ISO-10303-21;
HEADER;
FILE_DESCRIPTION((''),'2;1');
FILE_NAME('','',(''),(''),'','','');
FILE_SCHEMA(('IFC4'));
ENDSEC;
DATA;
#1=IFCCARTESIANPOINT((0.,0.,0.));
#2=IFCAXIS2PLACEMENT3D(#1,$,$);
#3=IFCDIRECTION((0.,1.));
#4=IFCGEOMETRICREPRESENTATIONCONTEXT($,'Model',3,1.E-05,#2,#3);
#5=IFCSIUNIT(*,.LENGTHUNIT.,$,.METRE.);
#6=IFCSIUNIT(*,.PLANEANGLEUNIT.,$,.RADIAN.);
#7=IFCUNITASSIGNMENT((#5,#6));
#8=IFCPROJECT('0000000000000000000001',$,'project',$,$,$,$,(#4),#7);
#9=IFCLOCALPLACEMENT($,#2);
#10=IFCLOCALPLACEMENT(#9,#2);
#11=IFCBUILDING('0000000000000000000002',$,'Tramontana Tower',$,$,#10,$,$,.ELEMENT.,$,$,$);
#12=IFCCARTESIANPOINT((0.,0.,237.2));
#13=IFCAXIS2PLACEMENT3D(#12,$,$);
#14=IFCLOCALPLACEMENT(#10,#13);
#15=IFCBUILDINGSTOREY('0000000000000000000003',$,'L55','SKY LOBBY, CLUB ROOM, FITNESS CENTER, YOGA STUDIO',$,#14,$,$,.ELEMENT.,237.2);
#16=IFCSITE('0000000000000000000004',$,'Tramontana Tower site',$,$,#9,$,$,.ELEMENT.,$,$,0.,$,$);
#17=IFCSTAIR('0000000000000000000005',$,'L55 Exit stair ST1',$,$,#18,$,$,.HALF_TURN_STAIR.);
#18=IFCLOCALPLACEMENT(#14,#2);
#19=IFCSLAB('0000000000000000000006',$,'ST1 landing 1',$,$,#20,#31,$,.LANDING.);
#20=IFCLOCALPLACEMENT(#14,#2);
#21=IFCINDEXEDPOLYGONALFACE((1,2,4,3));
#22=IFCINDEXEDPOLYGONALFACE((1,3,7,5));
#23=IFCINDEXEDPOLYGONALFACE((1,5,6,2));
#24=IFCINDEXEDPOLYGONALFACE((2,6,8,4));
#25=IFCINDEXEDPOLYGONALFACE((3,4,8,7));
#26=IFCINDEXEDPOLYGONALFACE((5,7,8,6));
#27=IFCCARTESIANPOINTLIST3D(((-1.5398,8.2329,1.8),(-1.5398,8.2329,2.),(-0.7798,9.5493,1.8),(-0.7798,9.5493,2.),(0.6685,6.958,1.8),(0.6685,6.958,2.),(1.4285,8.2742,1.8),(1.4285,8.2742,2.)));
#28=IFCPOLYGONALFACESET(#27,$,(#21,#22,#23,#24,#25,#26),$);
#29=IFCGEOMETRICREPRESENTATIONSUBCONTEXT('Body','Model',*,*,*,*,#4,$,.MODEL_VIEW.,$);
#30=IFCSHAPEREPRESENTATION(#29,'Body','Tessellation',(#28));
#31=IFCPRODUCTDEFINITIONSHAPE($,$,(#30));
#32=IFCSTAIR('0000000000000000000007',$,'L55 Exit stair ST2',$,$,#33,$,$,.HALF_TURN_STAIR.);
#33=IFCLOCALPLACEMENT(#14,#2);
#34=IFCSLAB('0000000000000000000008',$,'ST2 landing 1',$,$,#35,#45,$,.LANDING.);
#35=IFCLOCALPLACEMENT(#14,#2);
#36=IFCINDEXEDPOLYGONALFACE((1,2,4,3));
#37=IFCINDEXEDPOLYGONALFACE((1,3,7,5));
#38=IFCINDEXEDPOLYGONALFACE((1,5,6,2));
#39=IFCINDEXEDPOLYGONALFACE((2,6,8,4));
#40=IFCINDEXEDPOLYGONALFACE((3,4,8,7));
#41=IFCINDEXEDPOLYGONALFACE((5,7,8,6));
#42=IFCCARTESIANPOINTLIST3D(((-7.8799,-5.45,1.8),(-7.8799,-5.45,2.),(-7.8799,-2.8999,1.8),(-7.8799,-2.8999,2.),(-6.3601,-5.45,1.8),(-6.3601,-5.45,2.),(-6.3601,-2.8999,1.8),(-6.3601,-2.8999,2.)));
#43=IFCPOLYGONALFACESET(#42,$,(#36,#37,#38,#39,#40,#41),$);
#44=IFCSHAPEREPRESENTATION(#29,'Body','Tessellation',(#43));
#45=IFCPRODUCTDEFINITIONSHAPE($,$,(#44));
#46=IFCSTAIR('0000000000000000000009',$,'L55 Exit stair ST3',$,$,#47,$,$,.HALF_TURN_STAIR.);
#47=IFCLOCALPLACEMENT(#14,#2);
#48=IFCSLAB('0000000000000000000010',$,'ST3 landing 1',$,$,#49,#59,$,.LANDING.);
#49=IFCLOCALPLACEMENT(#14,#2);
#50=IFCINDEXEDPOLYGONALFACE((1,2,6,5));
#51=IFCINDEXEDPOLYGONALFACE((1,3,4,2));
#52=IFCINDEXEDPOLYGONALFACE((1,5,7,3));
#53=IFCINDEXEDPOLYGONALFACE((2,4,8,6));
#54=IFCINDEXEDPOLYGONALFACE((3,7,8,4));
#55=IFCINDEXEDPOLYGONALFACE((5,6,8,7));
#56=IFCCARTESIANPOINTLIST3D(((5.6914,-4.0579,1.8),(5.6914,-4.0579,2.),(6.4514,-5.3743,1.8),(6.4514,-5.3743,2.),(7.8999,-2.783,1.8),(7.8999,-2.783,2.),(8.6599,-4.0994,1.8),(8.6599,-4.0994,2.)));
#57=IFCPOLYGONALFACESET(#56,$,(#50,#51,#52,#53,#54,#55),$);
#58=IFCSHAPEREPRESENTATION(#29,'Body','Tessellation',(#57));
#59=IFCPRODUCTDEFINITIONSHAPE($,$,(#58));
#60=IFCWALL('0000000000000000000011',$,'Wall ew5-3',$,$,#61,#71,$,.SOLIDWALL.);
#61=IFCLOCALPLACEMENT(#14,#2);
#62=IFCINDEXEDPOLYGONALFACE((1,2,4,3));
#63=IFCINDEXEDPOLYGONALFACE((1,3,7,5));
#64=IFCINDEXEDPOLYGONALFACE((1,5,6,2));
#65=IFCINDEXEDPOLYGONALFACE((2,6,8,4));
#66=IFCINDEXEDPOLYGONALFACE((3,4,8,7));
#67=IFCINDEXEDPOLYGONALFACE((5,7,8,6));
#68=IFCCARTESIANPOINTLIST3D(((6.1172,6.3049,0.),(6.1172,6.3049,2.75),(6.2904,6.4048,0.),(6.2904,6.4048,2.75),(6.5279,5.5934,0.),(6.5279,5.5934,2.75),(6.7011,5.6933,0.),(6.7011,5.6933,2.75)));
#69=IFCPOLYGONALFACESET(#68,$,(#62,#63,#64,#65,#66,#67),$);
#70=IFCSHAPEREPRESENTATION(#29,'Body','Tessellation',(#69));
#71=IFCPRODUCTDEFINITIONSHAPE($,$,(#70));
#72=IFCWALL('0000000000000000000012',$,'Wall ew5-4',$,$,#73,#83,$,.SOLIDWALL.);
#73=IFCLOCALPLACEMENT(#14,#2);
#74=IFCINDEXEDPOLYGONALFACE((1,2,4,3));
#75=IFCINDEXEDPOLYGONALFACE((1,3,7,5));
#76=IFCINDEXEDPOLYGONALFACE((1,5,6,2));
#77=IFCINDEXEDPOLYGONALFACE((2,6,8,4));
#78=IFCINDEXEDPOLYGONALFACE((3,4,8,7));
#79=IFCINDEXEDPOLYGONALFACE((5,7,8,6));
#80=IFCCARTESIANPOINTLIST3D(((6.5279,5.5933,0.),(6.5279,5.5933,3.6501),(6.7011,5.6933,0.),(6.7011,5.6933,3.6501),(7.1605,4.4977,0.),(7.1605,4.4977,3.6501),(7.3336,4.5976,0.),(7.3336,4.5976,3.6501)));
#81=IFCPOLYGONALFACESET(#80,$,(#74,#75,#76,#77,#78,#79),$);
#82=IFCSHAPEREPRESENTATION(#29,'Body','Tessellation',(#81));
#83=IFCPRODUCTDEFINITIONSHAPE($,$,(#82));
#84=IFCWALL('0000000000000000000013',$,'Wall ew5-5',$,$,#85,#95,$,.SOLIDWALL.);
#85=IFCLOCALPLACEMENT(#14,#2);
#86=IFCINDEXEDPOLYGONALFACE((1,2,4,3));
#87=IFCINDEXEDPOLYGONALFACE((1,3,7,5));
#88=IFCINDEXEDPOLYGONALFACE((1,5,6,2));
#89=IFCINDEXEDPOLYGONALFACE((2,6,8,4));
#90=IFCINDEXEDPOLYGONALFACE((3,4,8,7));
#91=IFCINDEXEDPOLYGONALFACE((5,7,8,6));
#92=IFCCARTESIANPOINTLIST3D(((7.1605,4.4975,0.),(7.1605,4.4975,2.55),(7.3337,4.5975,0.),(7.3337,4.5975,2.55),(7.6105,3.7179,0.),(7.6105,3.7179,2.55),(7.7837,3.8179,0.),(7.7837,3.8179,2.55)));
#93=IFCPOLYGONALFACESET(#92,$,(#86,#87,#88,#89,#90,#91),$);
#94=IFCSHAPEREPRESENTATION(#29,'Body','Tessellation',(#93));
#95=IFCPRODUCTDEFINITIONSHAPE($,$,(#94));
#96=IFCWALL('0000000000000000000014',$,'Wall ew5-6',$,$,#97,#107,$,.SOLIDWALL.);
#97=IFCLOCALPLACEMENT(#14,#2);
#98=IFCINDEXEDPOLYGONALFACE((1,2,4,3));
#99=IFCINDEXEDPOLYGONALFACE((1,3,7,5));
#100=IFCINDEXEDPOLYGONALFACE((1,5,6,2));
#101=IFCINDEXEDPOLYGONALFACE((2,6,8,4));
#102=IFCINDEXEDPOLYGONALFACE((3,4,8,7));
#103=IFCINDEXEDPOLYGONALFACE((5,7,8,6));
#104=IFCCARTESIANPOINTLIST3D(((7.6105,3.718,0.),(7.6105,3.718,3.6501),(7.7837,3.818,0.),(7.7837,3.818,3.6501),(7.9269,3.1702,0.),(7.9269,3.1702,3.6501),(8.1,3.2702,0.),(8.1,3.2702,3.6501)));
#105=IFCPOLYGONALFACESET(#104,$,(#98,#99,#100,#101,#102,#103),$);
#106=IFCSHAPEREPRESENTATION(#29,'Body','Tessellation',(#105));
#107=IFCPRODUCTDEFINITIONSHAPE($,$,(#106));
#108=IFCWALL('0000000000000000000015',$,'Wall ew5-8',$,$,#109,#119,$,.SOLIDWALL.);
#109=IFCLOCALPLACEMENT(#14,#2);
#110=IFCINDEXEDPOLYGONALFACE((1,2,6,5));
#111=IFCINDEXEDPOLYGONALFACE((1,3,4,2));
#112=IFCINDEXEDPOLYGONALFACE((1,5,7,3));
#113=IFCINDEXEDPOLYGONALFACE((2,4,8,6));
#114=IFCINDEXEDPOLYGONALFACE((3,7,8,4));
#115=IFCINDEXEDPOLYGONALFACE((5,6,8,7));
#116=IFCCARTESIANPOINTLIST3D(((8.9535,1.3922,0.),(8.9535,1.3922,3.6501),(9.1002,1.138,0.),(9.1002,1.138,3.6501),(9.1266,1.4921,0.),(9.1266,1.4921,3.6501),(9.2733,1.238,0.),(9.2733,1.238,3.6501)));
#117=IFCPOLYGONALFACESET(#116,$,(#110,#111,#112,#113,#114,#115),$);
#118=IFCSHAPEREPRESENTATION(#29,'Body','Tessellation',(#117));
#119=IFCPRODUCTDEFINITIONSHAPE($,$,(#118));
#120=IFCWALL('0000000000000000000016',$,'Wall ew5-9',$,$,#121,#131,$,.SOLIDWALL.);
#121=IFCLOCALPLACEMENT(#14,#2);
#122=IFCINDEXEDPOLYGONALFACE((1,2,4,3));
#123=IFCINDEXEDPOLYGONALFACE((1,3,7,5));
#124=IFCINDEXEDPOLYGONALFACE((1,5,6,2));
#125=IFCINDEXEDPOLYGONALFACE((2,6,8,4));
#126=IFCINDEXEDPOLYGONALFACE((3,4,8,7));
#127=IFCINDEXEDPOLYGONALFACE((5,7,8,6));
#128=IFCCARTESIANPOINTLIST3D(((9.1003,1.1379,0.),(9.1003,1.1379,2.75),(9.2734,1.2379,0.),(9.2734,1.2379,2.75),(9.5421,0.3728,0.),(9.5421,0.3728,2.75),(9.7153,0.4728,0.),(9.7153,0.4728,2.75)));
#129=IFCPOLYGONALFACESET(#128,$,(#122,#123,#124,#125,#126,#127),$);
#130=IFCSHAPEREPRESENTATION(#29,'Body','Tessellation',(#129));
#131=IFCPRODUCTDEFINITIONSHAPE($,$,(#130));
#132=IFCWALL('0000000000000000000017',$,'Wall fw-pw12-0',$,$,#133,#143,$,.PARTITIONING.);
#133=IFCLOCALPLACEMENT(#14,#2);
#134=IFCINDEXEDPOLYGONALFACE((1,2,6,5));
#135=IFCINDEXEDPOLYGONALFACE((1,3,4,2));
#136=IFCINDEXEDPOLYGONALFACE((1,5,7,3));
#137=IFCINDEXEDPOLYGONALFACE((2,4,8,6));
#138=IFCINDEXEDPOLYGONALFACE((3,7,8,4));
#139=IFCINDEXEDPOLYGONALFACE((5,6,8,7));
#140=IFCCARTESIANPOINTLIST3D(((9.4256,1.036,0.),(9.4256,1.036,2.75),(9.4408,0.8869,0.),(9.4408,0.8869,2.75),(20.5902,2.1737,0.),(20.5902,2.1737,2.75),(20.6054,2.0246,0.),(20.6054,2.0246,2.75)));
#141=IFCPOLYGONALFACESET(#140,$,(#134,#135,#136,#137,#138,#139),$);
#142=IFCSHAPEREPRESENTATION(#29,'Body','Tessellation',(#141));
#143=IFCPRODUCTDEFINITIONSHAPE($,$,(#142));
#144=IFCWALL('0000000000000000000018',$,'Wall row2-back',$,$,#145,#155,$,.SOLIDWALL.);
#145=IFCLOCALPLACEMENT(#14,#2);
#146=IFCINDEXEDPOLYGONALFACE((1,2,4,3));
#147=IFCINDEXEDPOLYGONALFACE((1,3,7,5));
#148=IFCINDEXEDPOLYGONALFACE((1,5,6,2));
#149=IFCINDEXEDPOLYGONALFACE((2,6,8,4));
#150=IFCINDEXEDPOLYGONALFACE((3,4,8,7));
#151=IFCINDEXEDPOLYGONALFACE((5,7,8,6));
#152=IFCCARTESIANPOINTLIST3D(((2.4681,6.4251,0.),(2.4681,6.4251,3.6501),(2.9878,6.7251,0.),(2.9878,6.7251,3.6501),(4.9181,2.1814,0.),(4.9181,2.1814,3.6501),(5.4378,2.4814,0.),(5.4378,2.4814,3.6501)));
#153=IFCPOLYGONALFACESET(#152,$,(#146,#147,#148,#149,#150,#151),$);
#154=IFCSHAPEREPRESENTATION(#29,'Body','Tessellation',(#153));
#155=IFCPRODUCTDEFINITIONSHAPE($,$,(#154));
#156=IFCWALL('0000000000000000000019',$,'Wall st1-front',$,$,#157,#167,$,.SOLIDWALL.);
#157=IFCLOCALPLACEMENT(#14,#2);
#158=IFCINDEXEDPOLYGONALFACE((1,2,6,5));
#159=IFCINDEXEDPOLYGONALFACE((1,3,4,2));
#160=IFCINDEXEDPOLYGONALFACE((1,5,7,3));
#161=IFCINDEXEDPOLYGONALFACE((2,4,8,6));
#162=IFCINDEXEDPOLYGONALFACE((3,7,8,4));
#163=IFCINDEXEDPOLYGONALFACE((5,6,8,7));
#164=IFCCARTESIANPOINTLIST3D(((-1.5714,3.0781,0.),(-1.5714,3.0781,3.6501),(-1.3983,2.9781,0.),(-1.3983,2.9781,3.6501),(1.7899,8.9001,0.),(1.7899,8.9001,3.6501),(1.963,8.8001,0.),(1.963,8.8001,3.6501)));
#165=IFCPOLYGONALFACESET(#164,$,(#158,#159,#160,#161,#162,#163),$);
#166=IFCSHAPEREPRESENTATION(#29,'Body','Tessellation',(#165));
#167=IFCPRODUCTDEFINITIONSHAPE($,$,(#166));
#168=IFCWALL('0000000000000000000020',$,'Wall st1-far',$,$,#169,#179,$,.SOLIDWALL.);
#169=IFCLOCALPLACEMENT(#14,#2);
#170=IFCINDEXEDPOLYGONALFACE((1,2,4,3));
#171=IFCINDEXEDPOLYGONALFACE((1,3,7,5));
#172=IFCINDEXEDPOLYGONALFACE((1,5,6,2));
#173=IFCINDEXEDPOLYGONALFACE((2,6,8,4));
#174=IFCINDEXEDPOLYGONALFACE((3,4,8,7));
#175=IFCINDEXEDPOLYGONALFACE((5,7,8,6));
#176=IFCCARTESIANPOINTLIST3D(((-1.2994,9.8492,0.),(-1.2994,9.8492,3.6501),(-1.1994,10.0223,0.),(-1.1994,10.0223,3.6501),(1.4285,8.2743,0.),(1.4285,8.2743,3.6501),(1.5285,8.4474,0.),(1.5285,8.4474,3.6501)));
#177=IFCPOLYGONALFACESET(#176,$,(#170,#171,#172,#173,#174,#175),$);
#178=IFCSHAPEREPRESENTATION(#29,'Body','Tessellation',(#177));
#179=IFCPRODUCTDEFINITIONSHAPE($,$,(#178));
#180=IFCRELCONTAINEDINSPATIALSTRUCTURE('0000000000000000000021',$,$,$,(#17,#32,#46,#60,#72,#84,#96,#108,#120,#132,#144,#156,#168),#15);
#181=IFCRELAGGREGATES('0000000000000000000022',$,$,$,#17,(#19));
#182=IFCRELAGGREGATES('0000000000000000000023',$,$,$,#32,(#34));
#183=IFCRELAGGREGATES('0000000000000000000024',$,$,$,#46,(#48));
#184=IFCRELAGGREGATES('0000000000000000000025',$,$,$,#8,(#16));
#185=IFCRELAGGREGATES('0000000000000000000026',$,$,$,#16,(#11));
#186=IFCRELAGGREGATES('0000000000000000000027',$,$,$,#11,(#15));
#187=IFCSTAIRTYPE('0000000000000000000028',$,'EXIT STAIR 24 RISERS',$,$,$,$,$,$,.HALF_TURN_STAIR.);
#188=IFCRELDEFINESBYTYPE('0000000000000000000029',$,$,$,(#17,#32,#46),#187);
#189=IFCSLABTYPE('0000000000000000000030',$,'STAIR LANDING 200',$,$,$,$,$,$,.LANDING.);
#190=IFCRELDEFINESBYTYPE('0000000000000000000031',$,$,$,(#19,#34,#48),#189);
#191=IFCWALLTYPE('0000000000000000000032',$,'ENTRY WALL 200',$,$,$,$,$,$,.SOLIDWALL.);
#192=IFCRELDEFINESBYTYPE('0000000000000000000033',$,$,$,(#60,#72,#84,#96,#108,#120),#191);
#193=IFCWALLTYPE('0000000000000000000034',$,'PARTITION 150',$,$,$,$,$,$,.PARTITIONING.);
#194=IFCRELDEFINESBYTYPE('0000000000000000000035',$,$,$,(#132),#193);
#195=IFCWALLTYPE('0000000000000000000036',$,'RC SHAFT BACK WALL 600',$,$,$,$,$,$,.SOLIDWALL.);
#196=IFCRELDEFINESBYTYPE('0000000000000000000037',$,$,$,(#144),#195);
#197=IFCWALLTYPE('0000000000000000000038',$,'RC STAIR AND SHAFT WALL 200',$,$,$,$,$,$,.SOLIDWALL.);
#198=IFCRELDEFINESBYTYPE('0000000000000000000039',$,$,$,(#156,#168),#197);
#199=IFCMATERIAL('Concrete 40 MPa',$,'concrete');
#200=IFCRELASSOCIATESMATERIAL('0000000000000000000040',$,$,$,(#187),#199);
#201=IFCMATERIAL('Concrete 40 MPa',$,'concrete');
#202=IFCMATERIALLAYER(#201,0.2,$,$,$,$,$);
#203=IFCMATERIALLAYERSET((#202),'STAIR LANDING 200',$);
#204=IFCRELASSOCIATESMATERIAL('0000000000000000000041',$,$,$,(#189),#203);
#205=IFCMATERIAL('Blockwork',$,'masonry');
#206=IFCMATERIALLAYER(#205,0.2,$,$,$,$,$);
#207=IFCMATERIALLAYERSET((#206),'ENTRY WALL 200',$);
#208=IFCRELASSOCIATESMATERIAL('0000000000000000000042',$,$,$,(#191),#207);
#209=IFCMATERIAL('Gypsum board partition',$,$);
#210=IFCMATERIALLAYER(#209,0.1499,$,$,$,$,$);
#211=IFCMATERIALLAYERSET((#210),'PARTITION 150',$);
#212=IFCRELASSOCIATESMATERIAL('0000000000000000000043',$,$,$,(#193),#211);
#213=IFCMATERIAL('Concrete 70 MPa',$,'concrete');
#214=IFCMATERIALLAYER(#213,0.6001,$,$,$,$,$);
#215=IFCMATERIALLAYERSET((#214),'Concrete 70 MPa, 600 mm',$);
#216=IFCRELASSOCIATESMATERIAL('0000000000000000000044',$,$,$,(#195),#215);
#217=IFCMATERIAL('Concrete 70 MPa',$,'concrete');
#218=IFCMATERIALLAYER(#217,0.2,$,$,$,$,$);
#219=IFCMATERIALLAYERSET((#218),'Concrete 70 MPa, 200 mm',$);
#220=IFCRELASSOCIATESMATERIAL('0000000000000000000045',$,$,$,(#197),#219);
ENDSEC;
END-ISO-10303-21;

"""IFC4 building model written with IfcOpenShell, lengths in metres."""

from ifc_helpers import new_model, si_unit, direction, frame, frame_2d, origin, place, context, subcontext, project, spatial, polyline, rectangle, outline, extrude, material, layer, layer_set, type_object, element, aggregate, save


model = new_model("IFC4")

# Units and contexts
model_context = context("Model", 3, precision=1e-05, world=origin(), true_north=direction((0.0, 1.0)))
body_context = subcontext(model_context, "Body", "Model", "MODEL_VIEW")
ifc_project = project(units=[si_unit("LENGTHUNIT", "METRE"), si_unit("PLANEANGLEUNIT", "RADIAN")], contexts=[model_context])

# Site, building, storey
site_placement = place(None, origin())
site = spatial("IfcSite", under=ifc_project, at=site_placement, Name="Tramontana Tower site", CompositionType="ELEMENT", RefElevation=0.0)
building_placement = place(site_placement, origin())
building = spatial("IfcBuilding", under=site, at=building_placement, Name="Tramontana Tower", CompositionType="ELEMENT")
storey_placement = place(building_placement, frame((0.0, 0.0, 237.2)))
storey = spatial("IfcBuildingStorey", under=building, at=storey_placement, Name="L55", Description="SKY LOBBY, CLUB ROOM, FITNESS CENTER, YOGA STUDIO", CompositionType="ELEMENT", Elevation=237.2)

# Stairs, slabs
ifc_material_1 = material(Name="Concrete 40 MPa", Category="concrete")
stair_type = type_object("IfcStairType", Name="EXIT STAIR 24 RISERS", PredefinedType="HALF_TURN_STAIR", material=ifc_material_1)
stair_1_placement = place(storey_placement, origin())
stair_1 = element("IfcStair", 1, at=stair_1_placement, inside=storey, type_object=stair_type, Name="L55 Exit stair ST1", PredefinedType="HALF_TURN_STAIR")
ifc_material_2 = material(Name="Concrete 40 MPa", Category="concrete")
ifc_layer_1 = layer(ifc_material_2, 0.2)
ifc_layer_set_1 = layer_set([ifc_layer_1], Name="STAIR LANDING 200")
slab_type = type_object("IfcSlabType", Name="STAIR LANDING 200", PredefinedType="LANDING", material=ifc_layer_set_1)
slab_1_placement = place(storey_placement, frame((0.0, 0.0, 1.8)))
slab_1 = element("IfcSlab", 2, at=slab_1_placement, type_object=slab_type, Name="ST1 landing 1", PredefinedType="LANDING", context=body_context, shape_type="SweptSolid", body=[
    extrude(outline(polyline([(0.6685, 6.958), (1.4285, 8.2742), (-0.7798, 9.5493), (-1.5398, 8.2329), (0.6685, 6.958)])), origin(), (0.0, 0.0, 1.0), 0.2),
])
aggregate(stair_1, [slab_1])
stair_2_placement = place(storey_placement, origin())
stair_2 = element("IfcStair", 3, at=stair_2_placement, inside=storey, type_object=stair_type, Name="L55 Exit stair ST2", PredefinedType="HALF_TURN_STAIR")
slab_2_placement = place(storey_placement, frame((0.0, 0.0, 1.8)))
slab_2 = element("IfcSlab", 4, at=slab_2_placement, type_object=slab_type, Name="ST2 landing 1", PredefinedType="LANDING", context=body_context, shape_type="SweptSolid", body=[
    extrude(outline(polyline([(-6.3601, -2.8999), (-7.8799, -2.8999), (-7.8799, -5.45), (-6.3601, -5.45), (-6.3601, -2.8999)])), origin(), (0.0, 0.0, 1.0), 0.2),
])
aggregate(stair_2, [slab_2])
stair_3_placement = place(storey_placement, origin())
stair_3 = element("IfcStair", 5, at=stair_3_placement, inside=storey, type_object=stair_type, Name="L55 Exit stair ST3", PredefinedType="HALF_TURN_STAIR")
slab_3_placement = place(storey_placement, frame((0.0, 0.0, 1.8)))
slab_3 = element("IfcSlab", 6, at=slab_3_placement, type_object=slab_type, Name="ST3 landing 1", PredefinedType="LANDING", context=body_context, shape_type="SweptSolid", body=[
    extrude(outline(polyline([(5.6914, -4.0579), (6.4514, -5.3743), (8.6599, -4.0994), (7.8999, -2.783), (5.6914, -4.0579)])), origin(), (0.0, 0.0, 1.0), 0.2),
])
aggregate(stair_3, [slab_3])

# Walls
ifc_material_3 = material(Name="Blockwork", Category="masonry")
ifc_layer_2 = layer(ifc_material_3, 0.2)
ifc_layer_set_2 = layer_set([ifc_layer_2], Name="ENTRY WALL 200")
wall_type_1 = type_object("IfcWallType", Name="ENTRY WALL 200", PredefinedType="SOLIDWALL", material=ifc_layer_set_2)
wall_1_placement = place(storey_placement, frame((6.2039, 6.3547, 0.0), z_axis=(0.0, 0.0, 1.0), x_axis=(0.499911, -0.866077, 0.0)))
element("IfcWall", 7, at=wall_1_placement, inside=storey, type_object=wall_type_1, Name="Wall ew5-3", PredefinedType="SOLIDWALL", context=body_context, shape_type="SweptSolid", body=[
    extrude(rectangle(XDim=0.8215, YDim=0.2, at=frame_2d((0.4106, 0.0))), origin(), (0.0, 0.0, 1.0), 2.75),
])
wall_2_placement = place(storey_placement, frame((6.6145, 5.6433, 0.0), z_axis=(0.0, 0.0, 1.0), x_axis=(0.499979, -0.866038, 0.0)))
element("IfcWall", 8, at=wall_2_placement, inside=storey, type_object=wall_type_1, Name="Wall ew5-4", PredefinedType="SOLIDWALL", context=body_context, shape_type="SweptSolid", body=[
    extrude(rectangle(XDim=1.2651, YDim=0.2, at=frame_2d((0.6326, 0.0))), origin(), (0.0, 0.0, 1.0), 3.6501),
])
wall_3_placement = place(storey_placement, frame((7.2471, 4.5476, 0.0), z_axis=(0.0, 0.0, 1.0), x_axis=(0.499902, -0.866082, 0.0)))
element("IfcWall", 9, at=wall_3_placement, inside=storey, type_object=wall_type_1, Name="Wall ew5-5", PredefinedType="SOLIDWALL", context=body_context, shape_type="SweptSolid", body=[
    extrude(rectangle(XDim=0.9001, YDim=0.2, at=frame_2d((0.4502, 0.0))), origin(), (0.0, 0.0, 1.0), 2.55),
])
wall_4_placement = place(storey_placement, frame((7.697, 3.7681, 0.0), z_axis=(0.0, 0.0, 1.0), x_axis=(0.500123, -0.865954, 0.0)))
element("IfcWall", 10, at=wall_4_placement, inside=storey, type_object=wall_type_1, Name="Wall ew5-6", PredefinedType="SOLIDWALL", context=body_context, shape_type="SweptSolid", body=[
    extrude(rectangle(XDim=0.6326, YDim=0.2, at=frame_2d((0.3164, 0.0))), origin(), (0.0, 0.0, 1.0), 3.6501),
])

# Walls
wall_5_placement = place(storey_placement, frame((9.04, 1.4421, 0.0), z_axis=(0.0, 0.0, 1.0), x_axis=(0.499987, -0.866033, 0.0)))
element("IfcWall", 11, at=wall_5_placement, inside=storey, type_object=wall_type_1, Name="Wall ew5-8", PredefinedType="SOLIDWALL", context=body_context, shape_type="SweptSolid", body=[
    extrude(rectangle(XDim=0.2935, YDim=0.2, at=frame_2d((0.1467, 0.0))), origin(), (0.0, 0.0, 1.0), 3.6501),
])
wall_6_placement = place(storey_placement, frame((9.1868, 1.188, 0.0), z_axis=(0.0, 0.0, 1.0), x_axis=(0.500121, -0.865955, 0.0)))
element("IfcWall", 12, at=wall_6_placement, inside=storey, type_object=wall_type_1, Name="Wall ew5-9", PredefinedType="SOLIDWALL", context=body_context, shape_type="SweptSolid", body=[
    extrude(rectangle(XDim=0.8835, YDim=0.2, at=frame_2d((0.4419, 0.0))), origin(), (0.0, 0.0, 1.0), 2.75),
])

# Walls
ifc_material_4 = material(Name="Gypsum board partition")
ifc_layer_3 = layer(ifc_material_4, 0.1499)
ifc_layer_set_3 = layer_set([ifc_layer_3], Name="PARTITION 150")
wall_type_2 = type_object("IfcWallType", Name="PARTITION 150", PredefinedType="PARTITIONING", material=ifc_layer_set_3)
wall_7_placement = place(storey_placement, frame((9.4331, 0.9614, 0.0), z_axis=(0.0, 0.0, 1.0), x_axis=(0.994848, 0.101377, 0.0)))
element("IfcWall", 13, at=wall_7_placement, inside=storey, type_object=wall_type_2, Name="Wall fw-pw12-0", PredefinedType="PARTITIONING", context=body_context, shape_type="SweptSolid", body=[
    extrude(rectangle(XDim=11.2224, YDim=0.1499, at=frame_2d((5.6113, 0.0))), origin(), (0.0, 0.0, 1.0), 2.75),
])
ifc_material_5 = material(Name="Concrete 70 MPa", Category="concrete")
ifc_layer_4 = layer(ifc_material_5, 0.6001)
ifc_layer_set_4 = layer_set([ifc_layer_4], Name="Concrete 70 MPa, 600 mm")
wall_type_3 = type_object("IfcWallType", Name="RC SHAFT BACK WALL 600", PredefinedType="SOLIDWALL", material=ifc_layer_set_4)
wall_8_placement = place(storey_placement, frame((5.178, 2.3313, 0.0), z_axis=(0.0, 0.0, 1.0), x_axis=(-0.499981, 0.866036, 0.0)))
element("IfcWall", 14, at=wall_8_placement, inside=storey, type_object=wall_type_3, Name="Wall row2-back", PredefinedType="SOLIDWALL", context=body_context, shape_type="SweptSolid", body=[
    extrude(rectangle(XDim=4.9001, YDim=0.6001, at=frame_2d((2.4502, 0.0))), origin(), (0.0, 0.0, 1.0), 3.6501),
])
ifc_material_6 = material(Name="Concrete 70 MPa", Category="concrete")
ifc_layer_5 = layer(ifc_material_6, 0.2)
ifc_layer_set_5 = layer_set([ifc_layer_5], Name="Concrete 70 MPa, 200 mm")
wall_type_4 = type_object("IfcWallType", Name="RC STAIR AND SHAFT WALL 200", PredefinedType="SOLIDWALL", material=ifc_layer_set_5)
wall_9_placement = place(storey_placement, frame((1.8765, 8.8501, 0.0), z_axis=(0.0, 0.0, 1.0), x_axis=(-0.499998, -0.866027, 0.0)))
element("IfcWall", 15, at=wall_9_placement, inside=storey, type_object=wall_type_4, Name="Wall st1-front", PredefinedType="SOLIDWALL", context=body_context, shape_type="SweptSolid", body=[
    extrude(rectangle(XDim=6.7227, YDim=0.2, at=frame_2d((3.3613, 0.0))), origin(), (0.0, 0.0, 1.0), 3.6501),
])
wall_10_placement = place(storey_placement, frame((1.4785, 8.3608, 0.0), z_axis=(0.0, 0.0, 1.0), x_axis=(-0.866036, 0.499982, 0.0)))
element("IfcWall", 16, at=wall_10_placement, inside=storey, type_object=wall_type_4, Name="Wall st1-far", PredefinedType="SOLIDWALL", context=body_context, shape_type="SweptSolid", body=[
    extrude(rectangle(XDim=3.1499, YDim=0.2, at=frame_2d((1.575, 0.0))), origin(), (0.0, 0.0, 1.0), 3.6501),
])

save(model, "model.ifc")
